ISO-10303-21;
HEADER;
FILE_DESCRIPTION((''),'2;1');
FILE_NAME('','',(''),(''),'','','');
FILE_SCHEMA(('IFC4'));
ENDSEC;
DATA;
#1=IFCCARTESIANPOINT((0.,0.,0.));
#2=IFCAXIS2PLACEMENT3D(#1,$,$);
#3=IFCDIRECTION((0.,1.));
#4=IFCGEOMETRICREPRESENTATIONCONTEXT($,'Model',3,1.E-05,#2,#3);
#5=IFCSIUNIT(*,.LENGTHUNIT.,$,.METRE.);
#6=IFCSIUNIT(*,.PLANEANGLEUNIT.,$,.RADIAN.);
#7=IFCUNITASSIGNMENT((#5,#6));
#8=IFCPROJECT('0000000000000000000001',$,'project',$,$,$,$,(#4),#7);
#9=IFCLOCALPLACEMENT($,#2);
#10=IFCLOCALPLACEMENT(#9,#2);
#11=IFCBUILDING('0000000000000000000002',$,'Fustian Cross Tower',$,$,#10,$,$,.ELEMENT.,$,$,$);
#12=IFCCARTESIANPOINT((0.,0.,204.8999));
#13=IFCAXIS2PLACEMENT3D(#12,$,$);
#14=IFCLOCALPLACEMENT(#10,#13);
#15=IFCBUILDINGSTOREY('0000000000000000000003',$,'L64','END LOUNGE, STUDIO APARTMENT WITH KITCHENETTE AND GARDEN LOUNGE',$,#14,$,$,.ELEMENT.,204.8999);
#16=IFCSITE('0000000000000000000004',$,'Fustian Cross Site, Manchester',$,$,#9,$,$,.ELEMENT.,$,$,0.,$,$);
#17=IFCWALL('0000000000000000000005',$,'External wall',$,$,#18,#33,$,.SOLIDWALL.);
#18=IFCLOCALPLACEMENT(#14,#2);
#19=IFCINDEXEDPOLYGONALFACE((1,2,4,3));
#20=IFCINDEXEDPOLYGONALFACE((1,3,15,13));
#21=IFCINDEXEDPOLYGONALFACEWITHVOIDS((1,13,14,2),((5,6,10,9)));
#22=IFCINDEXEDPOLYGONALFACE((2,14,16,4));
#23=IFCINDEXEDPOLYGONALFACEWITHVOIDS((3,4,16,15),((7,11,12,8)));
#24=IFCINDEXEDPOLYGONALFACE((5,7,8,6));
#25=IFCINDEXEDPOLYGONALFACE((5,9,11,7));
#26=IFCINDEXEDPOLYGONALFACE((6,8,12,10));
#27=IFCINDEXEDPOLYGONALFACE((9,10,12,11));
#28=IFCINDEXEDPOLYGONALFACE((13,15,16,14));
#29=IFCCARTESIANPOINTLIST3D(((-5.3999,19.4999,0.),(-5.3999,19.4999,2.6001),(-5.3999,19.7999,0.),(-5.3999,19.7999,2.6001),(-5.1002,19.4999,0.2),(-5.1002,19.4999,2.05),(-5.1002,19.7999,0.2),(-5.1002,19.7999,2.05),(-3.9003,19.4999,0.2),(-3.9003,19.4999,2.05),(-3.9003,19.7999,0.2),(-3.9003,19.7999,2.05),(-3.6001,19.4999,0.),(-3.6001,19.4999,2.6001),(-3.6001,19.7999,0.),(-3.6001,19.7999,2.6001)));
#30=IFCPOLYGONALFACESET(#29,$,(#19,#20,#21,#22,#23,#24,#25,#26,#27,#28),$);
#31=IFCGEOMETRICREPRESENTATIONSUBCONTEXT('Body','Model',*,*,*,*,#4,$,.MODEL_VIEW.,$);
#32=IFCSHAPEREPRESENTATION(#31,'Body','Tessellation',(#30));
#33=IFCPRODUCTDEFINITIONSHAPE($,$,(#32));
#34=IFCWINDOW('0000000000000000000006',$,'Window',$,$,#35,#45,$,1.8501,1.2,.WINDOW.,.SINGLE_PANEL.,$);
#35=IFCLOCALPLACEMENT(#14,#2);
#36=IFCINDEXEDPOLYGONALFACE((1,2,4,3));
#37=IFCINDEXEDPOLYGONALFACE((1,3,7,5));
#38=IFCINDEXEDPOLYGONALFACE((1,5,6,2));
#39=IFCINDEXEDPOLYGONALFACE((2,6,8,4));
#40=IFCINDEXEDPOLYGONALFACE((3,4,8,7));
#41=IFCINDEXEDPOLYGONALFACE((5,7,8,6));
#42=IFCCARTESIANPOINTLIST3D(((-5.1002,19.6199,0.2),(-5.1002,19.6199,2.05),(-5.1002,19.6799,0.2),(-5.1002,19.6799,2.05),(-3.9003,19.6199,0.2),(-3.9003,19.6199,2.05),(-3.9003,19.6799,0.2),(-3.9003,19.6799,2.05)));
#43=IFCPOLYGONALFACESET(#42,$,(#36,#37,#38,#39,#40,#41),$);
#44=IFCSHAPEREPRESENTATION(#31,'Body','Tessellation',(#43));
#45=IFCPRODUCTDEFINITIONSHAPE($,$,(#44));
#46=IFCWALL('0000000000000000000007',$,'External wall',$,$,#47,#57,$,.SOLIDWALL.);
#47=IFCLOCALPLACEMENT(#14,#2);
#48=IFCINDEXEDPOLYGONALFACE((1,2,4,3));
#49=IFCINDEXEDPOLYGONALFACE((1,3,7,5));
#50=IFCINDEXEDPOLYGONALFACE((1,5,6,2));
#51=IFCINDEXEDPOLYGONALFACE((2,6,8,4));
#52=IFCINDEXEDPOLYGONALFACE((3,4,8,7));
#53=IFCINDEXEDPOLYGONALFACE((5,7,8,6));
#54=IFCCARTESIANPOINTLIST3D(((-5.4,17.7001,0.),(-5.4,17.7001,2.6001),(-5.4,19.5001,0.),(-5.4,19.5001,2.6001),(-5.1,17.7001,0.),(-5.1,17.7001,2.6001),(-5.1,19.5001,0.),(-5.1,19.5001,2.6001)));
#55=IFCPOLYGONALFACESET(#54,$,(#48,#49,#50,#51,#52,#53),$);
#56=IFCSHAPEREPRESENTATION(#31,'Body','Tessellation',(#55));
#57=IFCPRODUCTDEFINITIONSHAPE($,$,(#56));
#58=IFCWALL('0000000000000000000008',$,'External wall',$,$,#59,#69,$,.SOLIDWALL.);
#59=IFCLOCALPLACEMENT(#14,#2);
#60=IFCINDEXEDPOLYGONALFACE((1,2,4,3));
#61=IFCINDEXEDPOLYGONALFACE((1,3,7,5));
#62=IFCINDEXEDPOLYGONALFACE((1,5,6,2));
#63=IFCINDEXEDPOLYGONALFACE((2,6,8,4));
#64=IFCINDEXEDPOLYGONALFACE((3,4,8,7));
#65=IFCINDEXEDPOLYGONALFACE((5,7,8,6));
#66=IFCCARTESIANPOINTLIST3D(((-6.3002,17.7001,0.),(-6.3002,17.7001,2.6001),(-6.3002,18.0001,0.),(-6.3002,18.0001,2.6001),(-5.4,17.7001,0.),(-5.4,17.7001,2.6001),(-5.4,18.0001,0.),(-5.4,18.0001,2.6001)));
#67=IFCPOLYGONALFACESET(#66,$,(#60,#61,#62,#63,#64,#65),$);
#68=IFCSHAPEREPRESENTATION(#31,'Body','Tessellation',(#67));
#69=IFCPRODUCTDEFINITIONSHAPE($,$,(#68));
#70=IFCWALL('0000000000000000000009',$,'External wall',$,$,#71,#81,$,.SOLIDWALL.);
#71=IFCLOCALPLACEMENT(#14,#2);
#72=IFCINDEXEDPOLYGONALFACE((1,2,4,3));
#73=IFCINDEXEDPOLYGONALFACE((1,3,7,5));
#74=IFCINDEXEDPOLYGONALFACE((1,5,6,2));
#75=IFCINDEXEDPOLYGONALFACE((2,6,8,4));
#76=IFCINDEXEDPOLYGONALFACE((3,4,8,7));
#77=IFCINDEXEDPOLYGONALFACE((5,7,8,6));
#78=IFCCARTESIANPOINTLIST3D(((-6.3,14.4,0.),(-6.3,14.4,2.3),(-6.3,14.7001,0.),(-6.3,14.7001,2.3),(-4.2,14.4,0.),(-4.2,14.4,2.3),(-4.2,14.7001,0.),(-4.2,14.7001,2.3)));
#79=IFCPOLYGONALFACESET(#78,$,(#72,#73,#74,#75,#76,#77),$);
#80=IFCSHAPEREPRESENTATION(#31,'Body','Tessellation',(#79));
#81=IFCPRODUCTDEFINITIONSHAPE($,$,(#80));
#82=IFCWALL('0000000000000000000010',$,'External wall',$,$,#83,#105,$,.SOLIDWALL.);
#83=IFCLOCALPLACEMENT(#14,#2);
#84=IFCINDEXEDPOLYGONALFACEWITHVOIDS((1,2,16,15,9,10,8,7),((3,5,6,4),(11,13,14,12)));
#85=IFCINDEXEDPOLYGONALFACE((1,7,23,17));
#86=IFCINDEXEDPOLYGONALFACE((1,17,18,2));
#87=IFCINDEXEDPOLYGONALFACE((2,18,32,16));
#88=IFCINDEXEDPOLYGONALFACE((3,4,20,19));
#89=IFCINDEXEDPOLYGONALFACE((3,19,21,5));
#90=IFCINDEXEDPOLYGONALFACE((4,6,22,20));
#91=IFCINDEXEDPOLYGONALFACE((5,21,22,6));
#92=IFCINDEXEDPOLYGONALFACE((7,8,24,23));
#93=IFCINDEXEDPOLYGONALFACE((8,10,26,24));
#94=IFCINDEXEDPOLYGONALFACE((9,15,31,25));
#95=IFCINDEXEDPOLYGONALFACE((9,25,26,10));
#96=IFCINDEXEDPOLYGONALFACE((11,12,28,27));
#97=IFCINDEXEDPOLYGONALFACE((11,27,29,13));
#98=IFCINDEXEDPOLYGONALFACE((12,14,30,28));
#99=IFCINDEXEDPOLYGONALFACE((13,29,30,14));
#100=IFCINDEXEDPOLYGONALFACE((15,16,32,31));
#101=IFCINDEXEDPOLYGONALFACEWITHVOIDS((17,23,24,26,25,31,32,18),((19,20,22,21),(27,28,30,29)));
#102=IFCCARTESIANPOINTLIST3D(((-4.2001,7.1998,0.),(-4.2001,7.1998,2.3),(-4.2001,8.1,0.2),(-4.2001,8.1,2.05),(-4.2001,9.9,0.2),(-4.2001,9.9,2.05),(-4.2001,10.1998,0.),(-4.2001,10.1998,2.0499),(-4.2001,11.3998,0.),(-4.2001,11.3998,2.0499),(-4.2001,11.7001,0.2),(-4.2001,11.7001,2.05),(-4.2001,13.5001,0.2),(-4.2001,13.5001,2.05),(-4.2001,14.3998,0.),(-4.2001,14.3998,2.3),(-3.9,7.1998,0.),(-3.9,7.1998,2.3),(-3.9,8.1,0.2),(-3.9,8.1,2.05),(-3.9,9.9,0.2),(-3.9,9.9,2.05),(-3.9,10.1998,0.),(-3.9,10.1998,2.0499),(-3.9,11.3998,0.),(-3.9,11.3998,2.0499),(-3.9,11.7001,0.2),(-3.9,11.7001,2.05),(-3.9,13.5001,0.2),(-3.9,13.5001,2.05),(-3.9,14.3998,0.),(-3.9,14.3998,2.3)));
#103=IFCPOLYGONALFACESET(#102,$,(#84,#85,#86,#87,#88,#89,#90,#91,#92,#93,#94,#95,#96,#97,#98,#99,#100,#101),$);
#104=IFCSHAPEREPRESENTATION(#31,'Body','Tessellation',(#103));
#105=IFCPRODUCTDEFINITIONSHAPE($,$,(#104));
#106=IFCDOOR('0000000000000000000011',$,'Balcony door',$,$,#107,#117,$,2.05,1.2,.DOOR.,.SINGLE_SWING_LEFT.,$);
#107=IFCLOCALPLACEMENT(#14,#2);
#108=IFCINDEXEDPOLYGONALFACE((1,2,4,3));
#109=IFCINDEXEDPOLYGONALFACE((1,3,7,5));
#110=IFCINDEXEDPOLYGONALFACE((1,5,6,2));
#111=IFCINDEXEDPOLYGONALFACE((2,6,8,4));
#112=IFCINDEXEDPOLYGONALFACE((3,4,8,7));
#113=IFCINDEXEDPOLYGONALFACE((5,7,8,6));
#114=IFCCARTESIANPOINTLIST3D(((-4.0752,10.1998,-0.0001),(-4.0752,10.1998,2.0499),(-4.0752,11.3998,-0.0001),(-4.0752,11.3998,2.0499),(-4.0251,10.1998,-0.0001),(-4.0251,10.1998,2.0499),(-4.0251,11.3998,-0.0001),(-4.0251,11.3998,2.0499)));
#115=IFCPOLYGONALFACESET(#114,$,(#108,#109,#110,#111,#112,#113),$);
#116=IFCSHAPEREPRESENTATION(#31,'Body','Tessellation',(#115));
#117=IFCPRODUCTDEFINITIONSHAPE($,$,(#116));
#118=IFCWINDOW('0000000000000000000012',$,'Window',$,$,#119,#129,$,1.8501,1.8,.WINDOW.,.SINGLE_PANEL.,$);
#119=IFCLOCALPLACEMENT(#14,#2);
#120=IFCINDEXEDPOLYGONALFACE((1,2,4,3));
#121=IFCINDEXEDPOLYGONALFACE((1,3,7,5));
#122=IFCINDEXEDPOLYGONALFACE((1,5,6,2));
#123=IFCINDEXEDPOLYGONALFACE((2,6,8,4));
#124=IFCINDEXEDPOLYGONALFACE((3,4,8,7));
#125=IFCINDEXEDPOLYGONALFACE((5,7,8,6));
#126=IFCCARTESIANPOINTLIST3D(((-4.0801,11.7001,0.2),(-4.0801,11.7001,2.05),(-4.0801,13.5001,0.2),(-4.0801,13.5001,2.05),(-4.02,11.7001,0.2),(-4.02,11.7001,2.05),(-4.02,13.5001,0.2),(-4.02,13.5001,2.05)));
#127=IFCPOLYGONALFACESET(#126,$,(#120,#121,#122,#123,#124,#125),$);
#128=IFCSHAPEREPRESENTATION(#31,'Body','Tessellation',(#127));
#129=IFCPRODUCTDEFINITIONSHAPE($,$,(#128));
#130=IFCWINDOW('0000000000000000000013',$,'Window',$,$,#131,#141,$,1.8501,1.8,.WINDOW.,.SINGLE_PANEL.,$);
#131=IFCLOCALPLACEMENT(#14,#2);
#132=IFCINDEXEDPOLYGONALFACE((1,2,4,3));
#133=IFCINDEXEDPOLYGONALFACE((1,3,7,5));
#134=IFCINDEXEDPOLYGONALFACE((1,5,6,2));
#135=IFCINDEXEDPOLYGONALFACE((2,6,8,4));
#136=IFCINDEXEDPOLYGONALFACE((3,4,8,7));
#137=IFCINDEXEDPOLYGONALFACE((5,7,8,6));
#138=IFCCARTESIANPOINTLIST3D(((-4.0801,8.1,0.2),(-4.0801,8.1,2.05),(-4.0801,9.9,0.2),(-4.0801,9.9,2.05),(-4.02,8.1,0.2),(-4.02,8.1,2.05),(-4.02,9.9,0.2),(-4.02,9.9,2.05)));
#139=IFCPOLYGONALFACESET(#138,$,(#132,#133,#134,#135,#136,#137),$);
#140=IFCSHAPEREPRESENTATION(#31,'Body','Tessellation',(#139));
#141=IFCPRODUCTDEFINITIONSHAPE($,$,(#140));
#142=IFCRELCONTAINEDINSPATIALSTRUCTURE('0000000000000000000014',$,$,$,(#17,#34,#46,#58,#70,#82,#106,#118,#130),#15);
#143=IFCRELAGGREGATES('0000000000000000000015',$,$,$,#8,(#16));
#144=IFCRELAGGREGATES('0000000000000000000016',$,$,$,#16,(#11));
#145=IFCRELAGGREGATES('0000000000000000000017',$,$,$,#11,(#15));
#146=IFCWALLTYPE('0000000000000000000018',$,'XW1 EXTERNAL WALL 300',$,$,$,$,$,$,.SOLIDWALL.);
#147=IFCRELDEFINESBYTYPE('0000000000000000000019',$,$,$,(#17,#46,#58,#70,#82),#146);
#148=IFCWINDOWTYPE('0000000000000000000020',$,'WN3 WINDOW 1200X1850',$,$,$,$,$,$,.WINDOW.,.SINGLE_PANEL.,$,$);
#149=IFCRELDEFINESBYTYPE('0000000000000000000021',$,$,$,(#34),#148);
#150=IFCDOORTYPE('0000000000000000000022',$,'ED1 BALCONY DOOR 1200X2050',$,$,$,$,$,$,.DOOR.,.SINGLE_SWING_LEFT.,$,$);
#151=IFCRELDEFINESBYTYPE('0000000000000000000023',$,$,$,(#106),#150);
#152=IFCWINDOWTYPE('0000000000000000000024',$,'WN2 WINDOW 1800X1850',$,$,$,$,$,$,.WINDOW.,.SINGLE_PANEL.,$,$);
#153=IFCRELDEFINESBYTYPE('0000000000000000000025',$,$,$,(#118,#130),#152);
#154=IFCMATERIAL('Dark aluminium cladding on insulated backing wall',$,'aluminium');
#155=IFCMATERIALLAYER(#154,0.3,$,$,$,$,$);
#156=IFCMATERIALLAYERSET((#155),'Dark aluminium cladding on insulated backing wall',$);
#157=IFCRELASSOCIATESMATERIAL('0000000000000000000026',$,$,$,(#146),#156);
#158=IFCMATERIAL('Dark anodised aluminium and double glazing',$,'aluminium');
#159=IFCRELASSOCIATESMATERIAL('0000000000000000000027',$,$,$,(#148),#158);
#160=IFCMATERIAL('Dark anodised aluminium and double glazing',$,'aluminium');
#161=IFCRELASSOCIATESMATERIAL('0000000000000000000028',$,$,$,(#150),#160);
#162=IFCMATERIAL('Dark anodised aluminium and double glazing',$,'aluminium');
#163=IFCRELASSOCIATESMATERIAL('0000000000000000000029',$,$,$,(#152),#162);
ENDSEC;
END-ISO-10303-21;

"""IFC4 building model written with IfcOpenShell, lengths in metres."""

from ifc_helpers import new_model, si_unit, direction, frame, frame_2d, origin, place, context, subcontext, project, spatial, rectangle, extrude, material, layer, layer_set, type_object, element, fill, save


model = new_model("IFC4")

# Units and contexts
model_context = context("Model", 3, precision=1e-05, world=origin(), true_north=direction((0.0, 1.0)))
body_context = subcontext(model_context, "Body", "Model", "MODEL_VIEW")
ifc_project = project(units=[si_unit("LENGTHUNIT", "METRE"), si_unit("PLANEANGLEUNIT", "RADIAN")], contexts=[model_context])

# Site, building, storey
site_placement = place(None, origin())
site = spatial("IfcSite", under=ifc_project, at=site_placement, Name="Fustian Cross Site, Manchester", CompositionType="ELEMENT", RefElevation=0.0)
building_placement = place(site_placement, origin())
building = spatial("IfcBuilding", under=site, at=building_placement, Name="Fustian Cross Tower", CompositionType="ELEMENT")
storey_placement = place(building_placement, frame((0.0, 0.0, 204.8999)))
storey = spatial("IfcBuildingStorey", under=building, at=storey_placement, Name="L64", Description="END LOUNGE, STUDIO APARTMENT WITH KITCHENETTE AND GARDEN LOUNGE", CompositionType="ELEMENT", Elevation=204.8999)

# Shared definitions
ifc_material_1 = material(Name="Dark aluminium cladding on insulated backing wall", Category="aluminium")
ifc_layer_1 = layer(ifc_material_1, 0.3)
ifc_layer_set_1 = layer_set([ifc_layer_1], Name="Dark aluminium cladding on insulated backing wall")
wall_type_1 = type_object("IfcWallType", Name="XW1 EXTERNAL WALL 300", PredefinedType="SOLIDWALL", material=ifc_layer_set_1)

# Wall, opening, window
wall_1_placement = place(storey_placement, frame((-3.6001, 19.6499, 0.0), z_axis=(0.0, 0.0, 1.0), x_axis=(-1.0, 0.0, 0.0)))
wall_1 = element("IfcWall", 1, at=wall_1_placement, inside=storey, type_object=wall_type_1, Name="External wall", PredefinedType="SOLIDWALL", context=body_context, shape_type="SweptSolid", body=[
    extrude(rectangle(XDim=1.7998, YDim=0.3, at=frame_2d((0.8999, 0.0))), origin(), (0.0, 0.0, 1.0), 2.6001),
])
opening_1_placement = place(wall_1_placement, frame((0.3, 0.0, 0.2)))
opening_1 = element("IfcOpeningElement", 2, at=opening_1_placement, cuts=wall_1, PredefinedType="OPENING", context=body_context, shape_type="SweptSolid", body=[
    extrude(rectangle(XDim=1.2, YDim=1.8501, at=frame_2d((0.6001, 0.925))), frame((0.0, 0.1599, 0.0), z_axis=(0.0, -1.0, 0.0), x_axis=(1.0, 0.0, 0.0)), (0.0, 0.0, 1.0), 0.3201),
])
ifc_material_2 = material(Name="Dark anodised aluminium and double glazing", Category="aluminium")
window_type_1 = type_object("IfcWindowType", Name="WN3 WINDOW 1200X1850", PartitioningType="SINGLE_PANEL", PredefinedType="WINDOW", material=ifc_material_2)
window_1_placement = place(opening_1_placement, origin())
window_1 = element("IfcWindow", 3, at=window_1_placement, inside=storey, type_object=window_type_1, Name="Window", OverallHeight=1.8501, OverallWidth=1.2, PartitioningType="SINGLE_PANEL", PredefinedType="WINDOW", context=body_context, shape_type="SweptSolid", body=[
    extrude(rectangle(XDim=1.2, YDim=1.8501, at=frame_2d((0.6001, 0.925))), frame((0.0, 0.03, 0.0), z_axis=(0.0, -1.0, 0.0), x_axis=(1.0, 0.0, 0.0)), (0.0, 0.0, 1.0), 0.0601),
])
fill(opening_1, window_1)

# Walls
wall_2_placement = place(storey_placement, frame((-5.25, 19.5, 0.0), z_axis=(0.0, 0.0, 1.0), x_axis=(0.0, -1.0, 0.0)))
element("IfcWall", 4, at=wall_2_placement, inside=storey, type_object=wall_type_1, Name="External wall", PredefinedType="SOLIDWALL", context=body_context, shape_type="SweptSolid", body=[
    extrude(rectangle(XDim=1.8, YDim=0.3, at=frame_2d((0.8999, 0.0))), origin(), (0.0, 0.0, 1.0), 2.6001),
])
wall_3_placement = place(storey_placement, frame((-5.3999, 17.8501, 0.0), z_axis=(0.0, 0.0, 1.0), x_axis=(-1.0, 0.0, 0.0)))
element("IfcWall", 5, at=wall_3_placement, inside=storey, type_object=wall_type_1, Name="External wall", PredefinedType="SOLIDWALL", context=body_context, shape_type="SweptSolid", body=[
    extrude(rectangle(XDim=0.9001, YDim=0.3, at=frame_2d((0.4502, 0.0))), origin(), (0.0, 0.0, 1.0), 2.6001),
])
wall_4_placement = place(storey_placement, frame((-6.3, 14.55, 0.0), z_axis=(0.0, 0.0, 1.0), x_axis=(1.0, 0.0, 0.0)))
element("IfcWall", 6, at=wall_4_placement, inside=storey, type_object=wall_type_1, Name="External wall", PredefinedType="SOLIDWALL", context=body_context, shape_type="SweptSolid", body=[
    extrude(rectangle(XDim=2.1001, YDim=0.3, at=frame_2d((1.05, 0.0))), origin(), (0.0, 0.0, 1.0), 2.3),
])

# Wall, openings, door, windows
wall_5_placement = place(storey_placement, frame((-4.05, 14.3999, 0.0), z_axis=(0.0, 0.0, 1.0), x_axis=(0.0, -1.0, 0.0)))
wall_5 = element("IfcWall", 7, at=wall_5_placement, inside=storey, type_object=wall_type_1, Name="External wall", PredefinedType="SOLIDWALL", context=body_context, shape_type="SweptSolid", body=[
    extrude(rectangle(XDim=7.2, YDim=0.3, at=frame_2d((3.6001, 0.0))), origin(), (0.0, 0.0, 1.0), 2.3),
])
opening_2_placement = place(wall_5_placement, frame((3.0, 0.0, 0.0)))
opening_2 = element("IfcOpeningElement", 8, at=opening_2_placement, cuts=wall_5, PredefinedType="OPENING", context=body_context, shape_type="SweptSolid", body=[
    extrude(rectangle(XDim=1.2, YDim=2.05, at=frame_2d((0.6001, 1.0249))), frame((0.0, 0.1599, 0.0), z_axis=(0.0, -1.0, 0.0), x_axis=(1.0, 0.0, 0.0)), (0.0, 0.0, 1.0), 0.3201),
])
opening_3_placement = place(wall_5_placement, frame((0.8999, 0.0, 0.2)))
opening_3 = element("IfcOpeningElement", 9, at=opening_3_placement, cuts=wall_5, PredefinedType="OPENING", context=body_context, shape_type="SweptSolid", body=[
    extrude(rectangle(XDim=1.8, YDim=1.8501, at=frame_2d((0.8999, 0.925))), frame((0.0, 0.1599, 0.0), z_axis=(0.0, -1.0, 0.0), x_axis=(1.0, 0.0, 0.0)), (0.0, 0.0, 1.0), 0.3201),
])
opening_4_placement = place(wall_5_placement, frame((4.5, 0.0, 0.2)))
opening_4 = element("IfcOpeningElement", 10, at=opening_4_placement, cuts=wall_5, PredefinedType="OPENING", context=body_context, shape_type="SweptSolid", body=[
    extrude(rectangle(XDim=1.8, YDim=1.8501, at=frame_2d((0.8999, 0.925))), frame((0.0, 0.1599, 0.0), z_axis=(0.0, -1.0, 0.0), x_axis=(1.0, 0.0, 0.0)), (0.0, 0.0, 1.0), 0.3201),
])
ifc_material_3 = material(Name="Dark anodised aluminium and double glazing", Category="aluminium")
door_type_1 = type_object("IfcDoorType", Name="ED1 BALCONY DOOR 1200X2050", OperationType="SINGLE_SWING_LEFT", PredefinedType="DOOR", material=ifc_material_3)
door_1_placement = place(opening_2_placement, origin())
door_1 = element("IfcDoor", 11, at=door_1_placement, inside=storey, type_object=door_type_1, Name="Balcony door", OperationType="SINGLE_SWING_LEFT", OverallHeight=2.05, OverallWidth=1.2, PredefinedType="DOOR", context=body_context, shape_type="SweptSolid", body=[
    extrude(rectangle(XDim=1.2, YDim=2.05, at=frame_2d((0.6001, 1.0249))), frame((0.0, 0.0249, 0.0), z_axis=(0.0, -1.0, 0.0), x_axis=(1.0, 0.0, 0.0)), (0.0, 0.0, 1.0), 0.05),
])
fill(opening_2, door_1)
ifc_material_4 = material(Name="Dark anodised aluminium and double glazing", Category="aluminium")
window_type_2 = type_object("IfcWindowType", Name="WN2 WINDOW 1800X1850", PartitioningType="SINGLE_PANEL", PredefinedType="WINDOW", material=ifc_material_4)
window_2_placement = place(opening_3_placement, origin())
window_2 = element("IfcWindow", 12, at=window_2_placement, inside=storey, type_object=window_type_2, Name="Window", OverallHeight=1.8501, OverallWidth=1.8, PartitioningType="SINGLE_PANEL", PredefinedType="WINDOW", context=body_context, shape_type="SweptSolid", body=[
    extrude(rectangle(XDim=1.8, YDim=1.8501, at=frame_2d((0.8999, 0.925))), frame((0.0, 0.03, 0.0), z_axis=(0.0, -1.0, 0.0), x_axis=(1.0, 0.0, 0.0)), (0.0, 0.0, 1.0), 0.0601),
])
fill(opening_3, window_2)
window_3_placement = place(opening_4_placement, origin())
window_3 = element("IfcWindow", 13, at=window_3_placement, inside=storey, type_object=window_type_2, Name="Window", OverallHeight=1.8501, OverallWidth=1.8, PartitioningType="SINGLE_PANEL", PredefinedType="WINDOW", context=body_context, shape_type="SweptSolid", body=[
    extrude(rectangle(XDim=1.8, YDim=1.8501, at=frame_2d((0.8999, 0.925))), frame((0.0, 0.03, 0.0), z_axis=(0.0, -1.0, 0.0), x_axis=(1.0, 0.0, 0.0)), (0.0, 0.0, 1.0), 0.0601),
])
fill(opening_4, window_3)

save(model, "model.ifc")
